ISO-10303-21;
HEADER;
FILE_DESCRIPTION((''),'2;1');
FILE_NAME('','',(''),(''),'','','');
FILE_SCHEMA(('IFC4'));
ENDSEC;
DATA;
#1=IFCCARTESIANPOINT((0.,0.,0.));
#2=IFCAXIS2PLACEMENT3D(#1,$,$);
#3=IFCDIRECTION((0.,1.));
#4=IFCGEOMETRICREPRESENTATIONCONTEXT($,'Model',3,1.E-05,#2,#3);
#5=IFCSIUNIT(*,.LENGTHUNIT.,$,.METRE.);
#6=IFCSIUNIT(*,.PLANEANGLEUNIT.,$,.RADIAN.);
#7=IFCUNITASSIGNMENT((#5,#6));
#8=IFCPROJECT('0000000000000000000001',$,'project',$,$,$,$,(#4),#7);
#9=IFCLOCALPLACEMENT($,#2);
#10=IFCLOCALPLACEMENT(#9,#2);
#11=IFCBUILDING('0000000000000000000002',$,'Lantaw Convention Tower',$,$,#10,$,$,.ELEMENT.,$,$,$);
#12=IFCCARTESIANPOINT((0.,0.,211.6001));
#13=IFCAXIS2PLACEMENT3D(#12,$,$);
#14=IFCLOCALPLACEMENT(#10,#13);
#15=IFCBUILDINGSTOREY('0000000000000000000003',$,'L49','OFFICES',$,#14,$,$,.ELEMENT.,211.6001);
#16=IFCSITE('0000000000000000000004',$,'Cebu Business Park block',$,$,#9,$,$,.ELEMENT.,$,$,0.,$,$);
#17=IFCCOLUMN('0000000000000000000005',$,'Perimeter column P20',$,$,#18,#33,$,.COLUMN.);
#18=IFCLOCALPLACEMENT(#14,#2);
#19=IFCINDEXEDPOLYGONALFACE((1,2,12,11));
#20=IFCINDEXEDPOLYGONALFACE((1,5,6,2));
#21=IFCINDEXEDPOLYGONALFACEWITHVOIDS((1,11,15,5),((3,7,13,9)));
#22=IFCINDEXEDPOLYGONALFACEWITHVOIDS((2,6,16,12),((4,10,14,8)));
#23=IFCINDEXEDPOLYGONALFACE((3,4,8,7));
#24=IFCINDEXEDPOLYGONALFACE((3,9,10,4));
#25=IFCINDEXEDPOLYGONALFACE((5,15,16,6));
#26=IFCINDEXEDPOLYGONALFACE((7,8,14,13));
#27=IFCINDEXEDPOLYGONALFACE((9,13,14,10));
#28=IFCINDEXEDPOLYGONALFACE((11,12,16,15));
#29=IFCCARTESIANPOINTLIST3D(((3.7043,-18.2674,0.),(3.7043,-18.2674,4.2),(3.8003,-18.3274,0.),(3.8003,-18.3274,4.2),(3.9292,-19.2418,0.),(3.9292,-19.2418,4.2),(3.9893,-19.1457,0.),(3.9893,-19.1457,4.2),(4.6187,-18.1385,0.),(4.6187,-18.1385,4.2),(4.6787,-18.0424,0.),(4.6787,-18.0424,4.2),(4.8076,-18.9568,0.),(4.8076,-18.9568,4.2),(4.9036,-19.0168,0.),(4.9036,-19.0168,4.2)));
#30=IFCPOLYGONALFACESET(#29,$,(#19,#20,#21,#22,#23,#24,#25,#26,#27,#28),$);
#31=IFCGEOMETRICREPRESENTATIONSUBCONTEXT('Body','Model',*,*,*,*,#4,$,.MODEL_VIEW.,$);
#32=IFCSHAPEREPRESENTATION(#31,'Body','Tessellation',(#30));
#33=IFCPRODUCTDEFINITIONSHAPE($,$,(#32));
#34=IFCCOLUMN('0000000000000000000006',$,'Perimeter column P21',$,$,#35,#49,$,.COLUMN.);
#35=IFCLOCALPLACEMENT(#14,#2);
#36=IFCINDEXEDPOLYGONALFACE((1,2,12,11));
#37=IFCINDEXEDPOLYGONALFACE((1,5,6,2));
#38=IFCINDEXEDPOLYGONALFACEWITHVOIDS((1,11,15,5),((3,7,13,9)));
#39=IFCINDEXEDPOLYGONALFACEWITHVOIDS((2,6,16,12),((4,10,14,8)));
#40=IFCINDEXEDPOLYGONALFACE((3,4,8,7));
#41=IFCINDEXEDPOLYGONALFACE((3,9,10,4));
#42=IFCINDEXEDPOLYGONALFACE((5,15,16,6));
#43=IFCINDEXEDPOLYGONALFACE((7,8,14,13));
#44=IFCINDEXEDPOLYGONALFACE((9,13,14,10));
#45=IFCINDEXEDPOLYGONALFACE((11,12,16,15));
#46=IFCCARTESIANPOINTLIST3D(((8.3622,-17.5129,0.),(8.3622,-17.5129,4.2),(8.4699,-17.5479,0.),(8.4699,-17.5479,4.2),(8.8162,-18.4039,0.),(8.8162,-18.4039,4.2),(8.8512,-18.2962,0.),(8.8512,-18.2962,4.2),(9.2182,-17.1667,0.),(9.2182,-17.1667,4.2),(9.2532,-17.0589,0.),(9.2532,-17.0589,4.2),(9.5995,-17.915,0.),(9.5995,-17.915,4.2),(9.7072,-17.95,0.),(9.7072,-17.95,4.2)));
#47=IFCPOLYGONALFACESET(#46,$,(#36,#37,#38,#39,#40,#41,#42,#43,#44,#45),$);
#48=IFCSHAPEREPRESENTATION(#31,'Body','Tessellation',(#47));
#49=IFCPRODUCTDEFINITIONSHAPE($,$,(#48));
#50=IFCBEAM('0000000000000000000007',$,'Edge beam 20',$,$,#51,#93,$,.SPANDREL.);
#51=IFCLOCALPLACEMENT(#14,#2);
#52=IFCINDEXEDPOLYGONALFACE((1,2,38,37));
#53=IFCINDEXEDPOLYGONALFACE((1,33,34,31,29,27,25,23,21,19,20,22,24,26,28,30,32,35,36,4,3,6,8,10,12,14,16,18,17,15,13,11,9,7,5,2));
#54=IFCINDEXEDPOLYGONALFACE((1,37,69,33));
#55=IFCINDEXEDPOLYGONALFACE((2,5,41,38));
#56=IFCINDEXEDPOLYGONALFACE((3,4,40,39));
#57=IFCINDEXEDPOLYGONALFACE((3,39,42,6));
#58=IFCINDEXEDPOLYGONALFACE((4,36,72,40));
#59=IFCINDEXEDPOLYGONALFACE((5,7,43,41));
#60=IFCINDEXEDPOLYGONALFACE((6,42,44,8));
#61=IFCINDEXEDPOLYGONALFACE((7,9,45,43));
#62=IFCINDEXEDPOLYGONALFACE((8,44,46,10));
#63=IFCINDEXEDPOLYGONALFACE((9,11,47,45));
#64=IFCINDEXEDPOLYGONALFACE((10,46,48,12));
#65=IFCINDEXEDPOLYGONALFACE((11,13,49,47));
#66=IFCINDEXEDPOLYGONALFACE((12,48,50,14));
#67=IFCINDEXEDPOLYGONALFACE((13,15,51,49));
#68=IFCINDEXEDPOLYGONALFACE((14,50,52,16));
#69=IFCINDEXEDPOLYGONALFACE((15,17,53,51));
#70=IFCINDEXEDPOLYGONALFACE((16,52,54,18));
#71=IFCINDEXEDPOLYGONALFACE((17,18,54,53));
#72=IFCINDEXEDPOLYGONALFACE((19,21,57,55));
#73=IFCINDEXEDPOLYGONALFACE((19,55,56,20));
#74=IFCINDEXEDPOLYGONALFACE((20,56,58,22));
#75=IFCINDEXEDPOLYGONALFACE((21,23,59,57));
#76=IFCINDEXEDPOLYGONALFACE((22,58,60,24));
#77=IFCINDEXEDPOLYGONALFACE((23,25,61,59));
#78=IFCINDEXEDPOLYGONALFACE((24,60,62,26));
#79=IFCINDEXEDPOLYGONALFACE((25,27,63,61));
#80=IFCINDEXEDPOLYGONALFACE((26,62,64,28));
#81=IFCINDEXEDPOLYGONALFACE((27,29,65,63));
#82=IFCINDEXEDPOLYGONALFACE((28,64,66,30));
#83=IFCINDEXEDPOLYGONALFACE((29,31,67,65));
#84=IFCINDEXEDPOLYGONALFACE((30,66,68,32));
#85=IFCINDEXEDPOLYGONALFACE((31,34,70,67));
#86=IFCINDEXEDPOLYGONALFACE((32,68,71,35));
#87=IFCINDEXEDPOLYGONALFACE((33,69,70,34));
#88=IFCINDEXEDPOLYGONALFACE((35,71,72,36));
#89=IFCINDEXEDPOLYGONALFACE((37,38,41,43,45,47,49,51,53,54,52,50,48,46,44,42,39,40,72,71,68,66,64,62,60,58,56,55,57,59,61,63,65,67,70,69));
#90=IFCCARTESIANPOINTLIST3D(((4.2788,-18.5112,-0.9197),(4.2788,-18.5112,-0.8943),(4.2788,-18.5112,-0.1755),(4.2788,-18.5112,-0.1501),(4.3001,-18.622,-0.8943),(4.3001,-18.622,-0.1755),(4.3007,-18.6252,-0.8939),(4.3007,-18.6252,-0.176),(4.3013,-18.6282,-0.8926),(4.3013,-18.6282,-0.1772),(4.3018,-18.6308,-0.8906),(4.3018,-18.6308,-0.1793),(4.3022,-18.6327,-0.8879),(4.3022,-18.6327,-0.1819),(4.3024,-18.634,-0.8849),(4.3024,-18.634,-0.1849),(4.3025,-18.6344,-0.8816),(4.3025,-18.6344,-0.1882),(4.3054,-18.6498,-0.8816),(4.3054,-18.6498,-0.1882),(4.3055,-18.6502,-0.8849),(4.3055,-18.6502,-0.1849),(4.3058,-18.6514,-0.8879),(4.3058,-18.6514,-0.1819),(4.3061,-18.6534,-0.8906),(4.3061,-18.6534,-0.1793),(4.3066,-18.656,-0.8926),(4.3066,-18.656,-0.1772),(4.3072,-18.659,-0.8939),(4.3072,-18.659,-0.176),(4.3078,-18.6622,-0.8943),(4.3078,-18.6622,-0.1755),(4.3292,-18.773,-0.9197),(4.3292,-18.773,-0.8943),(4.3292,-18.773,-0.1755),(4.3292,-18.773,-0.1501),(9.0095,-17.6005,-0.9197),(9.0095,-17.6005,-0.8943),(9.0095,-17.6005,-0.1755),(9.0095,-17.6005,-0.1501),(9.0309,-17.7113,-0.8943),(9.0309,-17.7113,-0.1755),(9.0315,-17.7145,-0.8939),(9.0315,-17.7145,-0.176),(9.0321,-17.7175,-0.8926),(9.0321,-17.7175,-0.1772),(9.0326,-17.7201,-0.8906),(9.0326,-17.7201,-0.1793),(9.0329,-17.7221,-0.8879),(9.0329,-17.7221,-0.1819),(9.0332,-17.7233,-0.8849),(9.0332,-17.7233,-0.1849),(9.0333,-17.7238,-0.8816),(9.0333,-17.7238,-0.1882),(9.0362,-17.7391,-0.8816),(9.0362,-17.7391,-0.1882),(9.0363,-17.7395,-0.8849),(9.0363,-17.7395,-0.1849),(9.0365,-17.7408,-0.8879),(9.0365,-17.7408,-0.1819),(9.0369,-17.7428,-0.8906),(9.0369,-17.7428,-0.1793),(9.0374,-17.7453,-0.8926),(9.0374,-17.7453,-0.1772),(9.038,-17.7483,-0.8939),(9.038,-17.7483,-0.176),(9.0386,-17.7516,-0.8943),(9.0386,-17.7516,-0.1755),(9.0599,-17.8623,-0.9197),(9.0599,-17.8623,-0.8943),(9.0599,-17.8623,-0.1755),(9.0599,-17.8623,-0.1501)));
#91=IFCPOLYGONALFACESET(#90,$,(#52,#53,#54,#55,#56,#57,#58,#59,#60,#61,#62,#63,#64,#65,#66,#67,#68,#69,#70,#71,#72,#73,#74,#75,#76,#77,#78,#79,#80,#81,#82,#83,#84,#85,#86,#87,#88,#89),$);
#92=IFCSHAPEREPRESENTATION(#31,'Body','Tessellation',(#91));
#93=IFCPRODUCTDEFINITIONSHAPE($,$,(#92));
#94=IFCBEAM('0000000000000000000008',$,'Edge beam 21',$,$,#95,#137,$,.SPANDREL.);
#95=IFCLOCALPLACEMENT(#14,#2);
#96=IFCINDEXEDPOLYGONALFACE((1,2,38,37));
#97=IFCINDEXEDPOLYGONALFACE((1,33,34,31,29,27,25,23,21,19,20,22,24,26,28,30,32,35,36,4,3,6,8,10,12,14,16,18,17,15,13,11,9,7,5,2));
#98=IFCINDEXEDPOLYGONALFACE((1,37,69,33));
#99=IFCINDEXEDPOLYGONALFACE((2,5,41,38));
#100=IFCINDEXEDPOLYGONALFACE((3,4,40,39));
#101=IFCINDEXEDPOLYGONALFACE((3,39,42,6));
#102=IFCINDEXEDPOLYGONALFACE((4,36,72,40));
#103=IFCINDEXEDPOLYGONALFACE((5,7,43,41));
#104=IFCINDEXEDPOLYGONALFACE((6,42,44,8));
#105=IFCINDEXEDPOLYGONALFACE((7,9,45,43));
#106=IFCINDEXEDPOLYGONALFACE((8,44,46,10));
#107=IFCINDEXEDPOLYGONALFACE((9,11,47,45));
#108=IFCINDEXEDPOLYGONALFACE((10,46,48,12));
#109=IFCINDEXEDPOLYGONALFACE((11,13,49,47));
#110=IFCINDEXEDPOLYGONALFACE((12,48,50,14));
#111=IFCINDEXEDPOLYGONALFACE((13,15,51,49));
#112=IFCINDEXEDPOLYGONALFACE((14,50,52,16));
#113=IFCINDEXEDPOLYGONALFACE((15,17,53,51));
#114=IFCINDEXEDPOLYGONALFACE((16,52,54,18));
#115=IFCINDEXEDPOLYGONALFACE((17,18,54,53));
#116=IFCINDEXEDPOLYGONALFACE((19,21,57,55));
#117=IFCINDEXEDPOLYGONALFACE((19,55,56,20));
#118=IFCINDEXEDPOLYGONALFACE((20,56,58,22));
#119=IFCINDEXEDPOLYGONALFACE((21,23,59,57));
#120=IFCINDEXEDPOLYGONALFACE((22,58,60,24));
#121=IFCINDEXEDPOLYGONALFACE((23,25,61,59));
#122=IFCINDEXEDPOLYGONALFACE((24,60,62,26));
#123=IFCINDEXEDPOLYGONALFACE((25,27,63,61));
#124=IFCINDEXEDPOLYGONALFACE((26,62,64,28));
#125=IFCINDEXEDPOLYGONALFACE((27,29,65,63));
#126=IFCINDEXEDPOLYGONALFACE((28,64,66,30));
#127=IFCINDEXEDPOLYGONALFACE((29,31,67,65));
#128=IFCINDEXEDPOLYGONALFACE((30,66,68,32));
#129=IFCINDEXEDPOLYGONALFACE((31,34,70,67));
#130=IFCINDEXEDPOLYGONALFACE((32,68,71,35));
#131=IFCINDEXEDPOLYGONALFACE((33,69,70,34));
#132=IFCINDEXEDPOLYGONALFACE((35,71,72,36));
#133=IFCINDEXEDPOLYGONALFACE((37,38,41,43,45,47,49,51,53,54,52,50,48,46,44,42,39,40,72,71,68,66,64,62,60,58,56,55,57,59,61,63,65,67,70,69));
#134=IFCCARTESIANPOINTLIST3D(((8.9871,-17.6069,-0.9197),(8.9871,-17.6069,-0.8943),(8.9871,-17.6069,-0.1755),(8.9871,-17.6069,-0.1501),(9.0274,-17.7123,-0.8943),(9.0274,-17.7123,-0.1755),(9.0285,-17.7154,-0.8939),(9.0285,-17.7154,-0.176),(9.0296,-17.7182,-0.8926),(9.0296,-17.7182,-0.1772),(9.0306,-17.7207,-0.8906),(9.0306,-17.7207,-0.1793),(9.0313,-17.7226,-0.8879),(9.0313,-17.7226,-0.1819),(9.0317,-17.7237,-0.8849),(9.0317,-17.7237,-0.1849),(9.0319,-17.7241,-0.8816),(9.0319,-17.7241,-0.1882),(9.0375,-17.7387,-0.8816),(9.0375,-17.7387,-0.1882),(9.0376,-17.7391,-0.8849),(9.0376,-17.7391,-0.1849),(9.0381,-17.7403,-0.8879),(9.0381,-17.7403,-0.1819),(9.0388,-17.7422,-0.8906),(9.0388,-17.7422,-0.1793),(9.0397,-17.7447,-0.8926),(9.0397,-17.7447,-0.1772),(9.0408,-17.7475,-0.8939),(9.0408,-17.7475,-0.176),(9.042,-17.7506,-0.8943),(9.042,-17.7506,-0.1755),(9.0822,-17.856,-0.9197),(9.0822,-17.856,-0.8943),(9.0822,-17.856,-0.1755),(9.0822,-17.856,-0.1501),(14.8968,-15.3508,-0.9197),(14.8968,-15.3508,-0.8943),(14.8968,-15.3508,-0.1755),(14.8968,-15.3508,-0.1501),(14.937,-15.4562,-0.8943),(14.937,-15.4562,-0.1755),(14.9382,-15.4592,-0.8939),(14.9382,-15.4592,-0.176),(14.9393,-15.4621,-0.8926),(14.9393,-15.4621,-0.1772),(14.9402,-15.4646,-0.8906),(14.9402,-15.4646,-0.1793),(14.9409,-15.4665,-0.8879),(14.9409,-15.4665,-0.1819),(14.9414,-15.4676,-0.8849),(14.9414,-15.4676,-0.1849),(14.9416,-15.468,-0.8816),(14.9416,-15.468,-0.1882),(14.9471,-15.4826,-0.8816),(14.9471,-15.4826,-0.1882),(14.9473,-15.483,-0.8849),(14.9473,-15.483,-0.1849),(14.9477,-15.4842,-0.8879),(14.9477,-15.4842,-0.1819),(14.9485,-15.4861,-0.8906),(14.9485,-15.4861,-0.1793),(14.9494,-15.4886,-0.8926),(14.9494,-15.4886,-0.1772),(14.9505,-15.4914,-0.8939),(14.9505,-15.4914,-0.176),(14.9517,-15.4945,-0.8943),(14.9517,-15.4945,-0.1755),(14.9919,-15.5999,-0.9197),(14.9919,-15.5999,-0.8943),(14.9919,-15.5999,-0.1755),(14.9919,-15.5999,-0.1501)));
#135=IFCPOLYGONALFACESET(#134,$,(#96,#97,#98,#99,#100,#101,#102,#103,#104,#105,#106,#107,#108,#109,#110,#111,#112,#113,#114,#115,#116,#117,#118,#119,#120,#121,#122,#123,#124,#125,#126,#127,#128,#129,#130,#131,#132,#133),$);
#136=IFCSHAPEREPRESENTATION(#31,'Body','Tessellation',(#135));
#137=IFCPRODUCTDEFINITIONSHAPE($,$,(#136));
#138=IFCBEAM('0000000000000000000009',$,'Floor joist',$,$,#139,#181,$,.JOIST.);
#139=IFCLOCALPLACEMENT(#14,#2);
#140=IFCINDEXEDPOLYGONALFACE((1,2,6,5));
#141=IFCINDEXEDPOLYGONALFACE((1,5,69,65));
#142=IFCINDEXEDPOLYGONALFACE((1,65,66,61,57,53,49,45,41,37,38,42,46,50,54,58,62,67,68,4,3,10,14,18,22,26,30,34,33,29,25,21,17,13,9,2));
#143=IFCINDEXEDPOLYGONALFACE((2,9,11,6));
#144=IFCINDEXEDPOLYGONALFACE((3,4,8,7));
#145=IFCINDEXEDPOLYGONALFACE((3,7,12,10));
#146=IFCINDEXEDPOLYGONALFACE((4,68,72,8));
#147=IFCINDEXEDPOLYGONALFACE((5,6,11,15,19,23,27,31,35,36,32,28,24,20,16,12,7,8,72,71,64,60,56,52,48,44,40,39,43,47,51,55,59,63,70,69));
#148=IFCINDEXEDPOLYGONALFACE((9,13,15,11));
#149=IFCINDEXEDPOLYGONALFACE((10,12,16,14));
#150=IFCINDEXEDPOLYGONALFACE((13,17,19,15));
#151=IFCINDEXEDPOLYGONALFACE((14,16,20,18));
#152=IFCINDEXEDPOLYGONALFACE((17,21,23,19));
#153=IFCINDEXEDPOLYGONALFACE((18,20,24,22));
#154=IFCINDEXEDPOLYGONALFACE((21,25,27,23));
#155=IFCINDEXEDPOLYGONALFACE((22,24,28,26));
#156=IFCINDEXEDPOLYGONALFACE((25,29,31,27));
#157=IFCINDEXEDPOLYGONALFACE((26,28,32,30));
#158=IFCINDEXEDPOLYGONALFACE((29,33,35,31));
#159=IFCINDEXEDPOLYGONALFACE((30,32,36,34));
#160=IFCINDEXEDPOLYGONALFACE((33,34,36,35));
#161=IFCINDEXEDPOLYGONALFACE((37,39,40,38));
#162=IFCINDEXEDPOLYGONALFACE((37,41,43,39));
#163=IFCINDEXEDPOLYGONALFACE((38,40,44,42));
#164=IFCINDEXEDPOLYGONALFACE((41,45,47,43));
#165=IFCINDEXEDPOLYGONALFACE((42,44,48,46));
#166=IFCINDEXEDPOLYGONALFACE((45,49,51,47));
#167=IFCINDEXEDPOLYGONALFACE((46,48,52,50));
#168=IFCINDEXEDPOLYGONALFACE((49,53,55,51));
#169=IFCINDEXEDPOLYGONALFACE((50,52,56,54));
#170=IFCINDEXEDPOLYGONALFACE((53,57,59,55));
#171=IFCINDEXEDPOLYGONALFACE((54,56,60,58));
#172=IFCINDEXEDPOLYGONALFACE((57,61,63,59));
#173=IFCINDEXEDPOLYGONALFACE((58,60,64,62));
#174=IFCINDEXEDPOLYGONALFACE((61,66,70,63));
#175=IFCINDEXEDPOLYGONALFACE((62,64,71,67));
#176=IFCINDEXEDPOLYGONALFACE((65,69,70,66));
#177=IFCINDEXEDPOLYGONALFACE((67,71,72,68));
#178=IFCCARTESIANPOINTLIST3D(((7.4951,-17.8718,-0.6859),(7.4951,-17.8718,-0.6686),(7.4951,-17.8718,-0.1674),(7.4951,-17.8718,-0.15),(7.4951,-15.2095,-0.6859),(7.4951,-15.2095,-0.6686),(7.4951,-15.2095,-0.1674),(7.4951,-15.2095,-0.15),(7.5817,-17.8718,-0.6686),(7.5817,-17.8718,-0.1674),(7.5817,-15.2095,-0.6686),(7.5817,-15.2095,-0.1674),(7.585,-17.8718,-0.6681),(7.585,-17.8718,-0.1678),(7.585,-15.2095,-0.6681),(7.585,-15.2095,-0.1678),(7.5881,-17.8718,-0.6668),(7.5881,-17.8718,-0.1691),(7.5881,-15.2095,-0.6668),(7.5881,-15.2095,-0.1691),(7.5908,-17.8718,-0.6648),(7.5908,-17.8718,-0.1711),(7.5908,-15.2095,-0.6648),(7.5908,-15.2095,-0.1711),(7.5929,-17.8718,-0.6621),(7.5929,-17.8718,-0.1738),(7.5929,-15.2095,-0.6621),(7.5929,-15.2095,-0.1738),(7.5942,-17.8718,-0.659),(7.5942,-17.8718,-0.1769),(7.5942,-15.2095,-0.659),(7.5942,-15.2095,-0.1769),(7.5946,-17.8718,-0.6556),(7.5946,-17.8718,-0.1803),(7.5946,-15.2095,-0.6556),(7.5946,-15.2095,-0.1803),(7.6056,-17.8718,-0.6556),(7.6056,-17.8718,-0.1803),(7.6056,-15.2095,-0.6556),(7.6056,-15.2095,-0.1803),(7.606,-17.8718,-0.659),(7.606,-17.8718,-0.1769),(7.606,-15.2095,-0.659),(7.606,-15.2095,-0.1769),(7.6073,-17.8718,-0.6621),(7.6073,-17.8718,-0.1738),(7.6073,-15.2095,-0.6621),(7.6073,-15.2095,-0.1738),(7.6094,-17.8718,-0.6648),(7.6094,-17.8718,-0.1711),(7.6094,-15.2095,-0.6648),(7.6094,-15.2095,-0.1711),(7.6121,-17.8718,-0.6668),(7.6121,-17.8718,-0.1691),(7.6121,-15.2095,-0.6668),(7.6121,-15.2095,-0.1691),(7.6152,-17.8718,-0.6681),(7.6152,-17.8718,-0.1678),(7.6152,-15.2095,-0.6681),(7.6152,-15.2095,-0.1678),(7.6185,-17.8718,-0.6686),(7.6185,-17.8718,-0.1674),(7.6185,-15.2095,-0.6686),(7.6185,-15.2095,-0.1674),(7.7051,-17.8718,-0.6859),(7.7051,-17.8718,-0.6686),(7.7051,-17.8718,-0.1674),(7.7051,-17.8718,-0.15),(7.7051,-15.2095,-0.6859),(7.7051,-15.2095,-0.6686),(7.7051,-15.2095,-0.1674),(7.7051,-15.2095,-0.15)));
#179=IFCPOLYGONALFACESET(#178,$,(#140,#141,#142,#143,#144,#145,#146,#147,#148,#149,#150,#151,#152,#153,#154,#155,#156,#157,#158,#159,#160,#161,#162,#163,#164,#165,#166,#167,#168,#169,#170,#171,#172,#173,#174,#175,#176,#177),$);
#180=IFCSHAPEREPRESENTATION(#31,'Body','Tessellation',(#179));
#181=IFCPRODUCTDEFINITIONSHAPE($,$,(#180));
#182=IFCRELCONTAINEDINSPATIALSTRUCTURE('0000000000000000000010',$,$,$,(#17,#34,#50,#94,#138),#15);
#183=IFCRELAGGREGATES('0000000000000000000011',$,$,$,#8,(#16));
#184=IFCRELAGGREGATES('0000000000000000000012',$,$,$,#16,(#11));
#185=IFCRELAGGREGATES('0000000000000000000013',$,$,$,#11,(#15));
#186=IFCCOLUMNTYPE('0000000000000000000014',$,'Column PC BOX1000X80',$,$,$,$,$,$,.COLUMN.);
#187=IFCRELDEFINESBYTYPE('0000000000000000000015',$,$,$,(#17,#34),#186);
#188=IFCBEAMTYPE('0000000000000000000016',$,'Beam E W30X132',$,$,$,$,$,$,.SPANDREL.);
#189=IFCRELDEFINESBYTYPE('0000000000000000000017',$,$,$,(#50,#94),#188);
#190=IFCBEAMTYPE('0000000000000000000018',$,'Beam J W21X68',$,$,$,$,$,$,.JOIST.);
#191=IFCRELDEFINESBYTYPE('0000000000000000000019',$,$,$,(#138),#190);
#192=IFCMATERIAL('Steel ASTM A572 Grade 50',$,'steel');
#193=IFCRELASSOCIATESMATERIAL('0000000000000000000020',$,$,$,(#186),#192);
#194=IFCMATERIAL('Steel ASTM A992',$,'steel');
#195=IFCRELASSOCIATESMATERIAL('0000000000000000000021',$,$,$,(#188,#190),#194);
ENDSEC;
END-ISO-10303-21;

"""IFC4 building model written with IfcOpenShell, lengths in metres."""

from ifc_helpers import new_model, si_unit, direction, frame, origin, origin_2d, place, context, subcontext, project, spatial, rectangle, hollow_rectangle, i_section, extrude, material, material_profile, profile_set, type_object, element, save


model = new_model("IFC4")

# Units and contexts
model_context = context("Model", 3, precision=1e-05, world=origin(), true_north=direction((0.0, 1.0)))
body_context = subcontext(model_context, "Body", "Model", "MODEL_VIEW")
ifc_project = project(units=[si_unit("LENGTHUNIT", "METRE"), si_unit("PLANEANGLEUNIT", "RADIAN")], contexts=[model_context])

# Site, building, storey
site_placement = place(None, origin())
site = spatial("IfcSite", under=ifc_project, at=site_placement, Name="Cebu Business Park block", CompositionType="ELEMENT", RefElevation=0.0)
building_placement = place(site_placement, origin())
building = spatial("IfcBuilding", under=site, at=building_placement, Name="Lantaw Convention Tower", CompositionType="ELEMENT")
storey_placement = place(building_placement, frame((0.0, 0.0, 211.6001)))
storey = spatial("IfcBuildingStorey", under=building, at=storey_placement, Name="L49", Description="OFFICES", CompositionType="ELEMENT", Elevation=211.6001)

# Columns
ifc_material_1 = material(Name="Steel ASTM A572 Grade 50", Category="steel")
ifc_material_profile_1 = material_profile(ifc_material_1, hollow_rectangle(XDim=1.0, YDim=1.0, WallThickness=0.0801, at=origin_2d()), Name="BOX1000X80")
ifc_material_2 = material(Name="Concrete C60/75", Category="concrete")
ifc_material_profile_2 = material_profile(ifc_material_2, rectangle(XDim=0.8401, YDim=0.8401, at=origin_2d()), Name="Concrete fill of BOX1000X80")
ifc_profile_set_1 = profile_set([ifc_material_profile_1, ifc_material_profile_2], Name="Steel ASTM A572 Grade 50")
column_type = type_object("IfcColumnType", Name="Column PC BOX1000X80", PredefinedType="COLUMN", material=ifc_profile_set_1)
for number, where, z_axis, x_axis, name in (
    (1, (4.304, -18.6421, 0.0), (0.0, 0.0, 1.0), (0.97437, 0.224951, 0.0), "Perimeter column P20"),
    (2, (9.0347, -17.7314, 0.0), (0.0, 0.0, 1.0), (0.891007, 0.45399, 0.0), "Perimeter column P21"),
):
    element("IfcColumn", number, at=place(storey_placement, frame(where, z_axis=z_axis, x_axis=x_axis)), inside=storey, type_object=column_type, Name=name, PredefinedType="COLUMN", context=body_context, shape_type="SweptSolid", body=[
        extrude(hollow_rectangle(XDim=1.0, YDim=1.0, WallThickness=0.0801, at=origin_2d()), origin(), (0.0, 0.0, 1.0), 4.2),
    ])

# Beams
ifc_material_3 = material(Name="Steel ASTM A992", Category="steel")
ifc_material_profile_3 = material_profile(ifc_material_3, i_section(OverallWidth=0.2666, OverallDepth=0.7695, WebThickness=0.0156, FlangeThickness=0.0254, FilletRadius=0.0127, at=origin_2d()), Name="W30X132")
ifc_profile_set_2 = profile_set([ifc_material_profile_3], Name="Steel ASTM A992")
beam_type_1 = type_object("IfcBeamType", Name="Beam E W30X132", PredefinedType="SPANDREL", material=ifc_profile_set_2)
beam_1_placement = place(storey_placement, frame((4.304, -18.6421, -0.5349), z_axis=(0.981972, 0.189026, 0.0), x_axis=(-0.189026, 0.981972, 0.0)))
element("IfcBeam", 3, at=beam_1_placement, inside=storey, type_object=beam_type_1, Name="Edge beam 20", PredefinedType="SPANDREL", context=body_context, shape_type="SweptSolid", body=[
    extrude(i_section(OverallWidth=0.2666, OverallDepth=0.7695, WebThickness=0.0156, FlangeThickness=0.0254, FilletRadius=0.0127, at=origin_2d()), origin(), (0.0, 0.0, 1.0), 4.8176),
])
beam_2_placement = place(storey_placement, frame((9.0347, -17.7314, -0.5349), z_axis=(0.934235, 0.356658, 0.0), x_axis=(-0.356658, 0.934235, 0.0)))
element("IfcBeam", 4, at=beam_2_placement, inside=storey, type_object=beam_type_1, Name="Edge beam 21", PredefinedType="SPANDREL", context=body_context, shape_type="SweptSolid", body=[
    extrude(i_section(OverallWidth=0.2666, OverallDepth=0.7695, WebThickness=0.0156, FlangeThickness=0.0254, FilletRadius=0.0127, at=origin_2d()), origin(), (0.0, 0.0, 1.0), 6.3257),
])
ifc_material_profile_4 = material_profile(ifc_material_3, i_section(OverallWidth=0.21, OverallDepth=0.5359, WebThickness=0.011, FlangeThickness=0.0173, FilletRadius=0.0129, at=origin_2d()), Name="W21X68")
ifc_profile_set_3 = profile_set([ifc_material_profile_4], Name="Steel ASTM A992")
beam_type_2 = type_object("IfcBeamType", Name="Beam J W21X68", PredefinedType="JOIST", material=ifc_profile_set_3)
beam_3_placement = place(storey_placement, frame((7.6001, -17.8718, -0.418), z_axis=(0.0, 1.0, 0.0), x_axis=(-1.0, 0.0, 0.0)))
element("IfcBeam", 5, at=beam_3_placement, inside=storey, type_object=beam_type_2, Name="Floor joist", PredefinedType="JOIST", context=body_context, shape_type="SweptSolid", body=[
    extrude(i_section(OverallWidth=0.21, OverallDepth=0.5359, WebThickness=0.011, FlangeThickness=0.0173, FilletRadius=0.0129, at=origin_2d()), origin(), (0.0, 0.0, 1.0), 2.6624),
])

save(model, "model.ifc")
